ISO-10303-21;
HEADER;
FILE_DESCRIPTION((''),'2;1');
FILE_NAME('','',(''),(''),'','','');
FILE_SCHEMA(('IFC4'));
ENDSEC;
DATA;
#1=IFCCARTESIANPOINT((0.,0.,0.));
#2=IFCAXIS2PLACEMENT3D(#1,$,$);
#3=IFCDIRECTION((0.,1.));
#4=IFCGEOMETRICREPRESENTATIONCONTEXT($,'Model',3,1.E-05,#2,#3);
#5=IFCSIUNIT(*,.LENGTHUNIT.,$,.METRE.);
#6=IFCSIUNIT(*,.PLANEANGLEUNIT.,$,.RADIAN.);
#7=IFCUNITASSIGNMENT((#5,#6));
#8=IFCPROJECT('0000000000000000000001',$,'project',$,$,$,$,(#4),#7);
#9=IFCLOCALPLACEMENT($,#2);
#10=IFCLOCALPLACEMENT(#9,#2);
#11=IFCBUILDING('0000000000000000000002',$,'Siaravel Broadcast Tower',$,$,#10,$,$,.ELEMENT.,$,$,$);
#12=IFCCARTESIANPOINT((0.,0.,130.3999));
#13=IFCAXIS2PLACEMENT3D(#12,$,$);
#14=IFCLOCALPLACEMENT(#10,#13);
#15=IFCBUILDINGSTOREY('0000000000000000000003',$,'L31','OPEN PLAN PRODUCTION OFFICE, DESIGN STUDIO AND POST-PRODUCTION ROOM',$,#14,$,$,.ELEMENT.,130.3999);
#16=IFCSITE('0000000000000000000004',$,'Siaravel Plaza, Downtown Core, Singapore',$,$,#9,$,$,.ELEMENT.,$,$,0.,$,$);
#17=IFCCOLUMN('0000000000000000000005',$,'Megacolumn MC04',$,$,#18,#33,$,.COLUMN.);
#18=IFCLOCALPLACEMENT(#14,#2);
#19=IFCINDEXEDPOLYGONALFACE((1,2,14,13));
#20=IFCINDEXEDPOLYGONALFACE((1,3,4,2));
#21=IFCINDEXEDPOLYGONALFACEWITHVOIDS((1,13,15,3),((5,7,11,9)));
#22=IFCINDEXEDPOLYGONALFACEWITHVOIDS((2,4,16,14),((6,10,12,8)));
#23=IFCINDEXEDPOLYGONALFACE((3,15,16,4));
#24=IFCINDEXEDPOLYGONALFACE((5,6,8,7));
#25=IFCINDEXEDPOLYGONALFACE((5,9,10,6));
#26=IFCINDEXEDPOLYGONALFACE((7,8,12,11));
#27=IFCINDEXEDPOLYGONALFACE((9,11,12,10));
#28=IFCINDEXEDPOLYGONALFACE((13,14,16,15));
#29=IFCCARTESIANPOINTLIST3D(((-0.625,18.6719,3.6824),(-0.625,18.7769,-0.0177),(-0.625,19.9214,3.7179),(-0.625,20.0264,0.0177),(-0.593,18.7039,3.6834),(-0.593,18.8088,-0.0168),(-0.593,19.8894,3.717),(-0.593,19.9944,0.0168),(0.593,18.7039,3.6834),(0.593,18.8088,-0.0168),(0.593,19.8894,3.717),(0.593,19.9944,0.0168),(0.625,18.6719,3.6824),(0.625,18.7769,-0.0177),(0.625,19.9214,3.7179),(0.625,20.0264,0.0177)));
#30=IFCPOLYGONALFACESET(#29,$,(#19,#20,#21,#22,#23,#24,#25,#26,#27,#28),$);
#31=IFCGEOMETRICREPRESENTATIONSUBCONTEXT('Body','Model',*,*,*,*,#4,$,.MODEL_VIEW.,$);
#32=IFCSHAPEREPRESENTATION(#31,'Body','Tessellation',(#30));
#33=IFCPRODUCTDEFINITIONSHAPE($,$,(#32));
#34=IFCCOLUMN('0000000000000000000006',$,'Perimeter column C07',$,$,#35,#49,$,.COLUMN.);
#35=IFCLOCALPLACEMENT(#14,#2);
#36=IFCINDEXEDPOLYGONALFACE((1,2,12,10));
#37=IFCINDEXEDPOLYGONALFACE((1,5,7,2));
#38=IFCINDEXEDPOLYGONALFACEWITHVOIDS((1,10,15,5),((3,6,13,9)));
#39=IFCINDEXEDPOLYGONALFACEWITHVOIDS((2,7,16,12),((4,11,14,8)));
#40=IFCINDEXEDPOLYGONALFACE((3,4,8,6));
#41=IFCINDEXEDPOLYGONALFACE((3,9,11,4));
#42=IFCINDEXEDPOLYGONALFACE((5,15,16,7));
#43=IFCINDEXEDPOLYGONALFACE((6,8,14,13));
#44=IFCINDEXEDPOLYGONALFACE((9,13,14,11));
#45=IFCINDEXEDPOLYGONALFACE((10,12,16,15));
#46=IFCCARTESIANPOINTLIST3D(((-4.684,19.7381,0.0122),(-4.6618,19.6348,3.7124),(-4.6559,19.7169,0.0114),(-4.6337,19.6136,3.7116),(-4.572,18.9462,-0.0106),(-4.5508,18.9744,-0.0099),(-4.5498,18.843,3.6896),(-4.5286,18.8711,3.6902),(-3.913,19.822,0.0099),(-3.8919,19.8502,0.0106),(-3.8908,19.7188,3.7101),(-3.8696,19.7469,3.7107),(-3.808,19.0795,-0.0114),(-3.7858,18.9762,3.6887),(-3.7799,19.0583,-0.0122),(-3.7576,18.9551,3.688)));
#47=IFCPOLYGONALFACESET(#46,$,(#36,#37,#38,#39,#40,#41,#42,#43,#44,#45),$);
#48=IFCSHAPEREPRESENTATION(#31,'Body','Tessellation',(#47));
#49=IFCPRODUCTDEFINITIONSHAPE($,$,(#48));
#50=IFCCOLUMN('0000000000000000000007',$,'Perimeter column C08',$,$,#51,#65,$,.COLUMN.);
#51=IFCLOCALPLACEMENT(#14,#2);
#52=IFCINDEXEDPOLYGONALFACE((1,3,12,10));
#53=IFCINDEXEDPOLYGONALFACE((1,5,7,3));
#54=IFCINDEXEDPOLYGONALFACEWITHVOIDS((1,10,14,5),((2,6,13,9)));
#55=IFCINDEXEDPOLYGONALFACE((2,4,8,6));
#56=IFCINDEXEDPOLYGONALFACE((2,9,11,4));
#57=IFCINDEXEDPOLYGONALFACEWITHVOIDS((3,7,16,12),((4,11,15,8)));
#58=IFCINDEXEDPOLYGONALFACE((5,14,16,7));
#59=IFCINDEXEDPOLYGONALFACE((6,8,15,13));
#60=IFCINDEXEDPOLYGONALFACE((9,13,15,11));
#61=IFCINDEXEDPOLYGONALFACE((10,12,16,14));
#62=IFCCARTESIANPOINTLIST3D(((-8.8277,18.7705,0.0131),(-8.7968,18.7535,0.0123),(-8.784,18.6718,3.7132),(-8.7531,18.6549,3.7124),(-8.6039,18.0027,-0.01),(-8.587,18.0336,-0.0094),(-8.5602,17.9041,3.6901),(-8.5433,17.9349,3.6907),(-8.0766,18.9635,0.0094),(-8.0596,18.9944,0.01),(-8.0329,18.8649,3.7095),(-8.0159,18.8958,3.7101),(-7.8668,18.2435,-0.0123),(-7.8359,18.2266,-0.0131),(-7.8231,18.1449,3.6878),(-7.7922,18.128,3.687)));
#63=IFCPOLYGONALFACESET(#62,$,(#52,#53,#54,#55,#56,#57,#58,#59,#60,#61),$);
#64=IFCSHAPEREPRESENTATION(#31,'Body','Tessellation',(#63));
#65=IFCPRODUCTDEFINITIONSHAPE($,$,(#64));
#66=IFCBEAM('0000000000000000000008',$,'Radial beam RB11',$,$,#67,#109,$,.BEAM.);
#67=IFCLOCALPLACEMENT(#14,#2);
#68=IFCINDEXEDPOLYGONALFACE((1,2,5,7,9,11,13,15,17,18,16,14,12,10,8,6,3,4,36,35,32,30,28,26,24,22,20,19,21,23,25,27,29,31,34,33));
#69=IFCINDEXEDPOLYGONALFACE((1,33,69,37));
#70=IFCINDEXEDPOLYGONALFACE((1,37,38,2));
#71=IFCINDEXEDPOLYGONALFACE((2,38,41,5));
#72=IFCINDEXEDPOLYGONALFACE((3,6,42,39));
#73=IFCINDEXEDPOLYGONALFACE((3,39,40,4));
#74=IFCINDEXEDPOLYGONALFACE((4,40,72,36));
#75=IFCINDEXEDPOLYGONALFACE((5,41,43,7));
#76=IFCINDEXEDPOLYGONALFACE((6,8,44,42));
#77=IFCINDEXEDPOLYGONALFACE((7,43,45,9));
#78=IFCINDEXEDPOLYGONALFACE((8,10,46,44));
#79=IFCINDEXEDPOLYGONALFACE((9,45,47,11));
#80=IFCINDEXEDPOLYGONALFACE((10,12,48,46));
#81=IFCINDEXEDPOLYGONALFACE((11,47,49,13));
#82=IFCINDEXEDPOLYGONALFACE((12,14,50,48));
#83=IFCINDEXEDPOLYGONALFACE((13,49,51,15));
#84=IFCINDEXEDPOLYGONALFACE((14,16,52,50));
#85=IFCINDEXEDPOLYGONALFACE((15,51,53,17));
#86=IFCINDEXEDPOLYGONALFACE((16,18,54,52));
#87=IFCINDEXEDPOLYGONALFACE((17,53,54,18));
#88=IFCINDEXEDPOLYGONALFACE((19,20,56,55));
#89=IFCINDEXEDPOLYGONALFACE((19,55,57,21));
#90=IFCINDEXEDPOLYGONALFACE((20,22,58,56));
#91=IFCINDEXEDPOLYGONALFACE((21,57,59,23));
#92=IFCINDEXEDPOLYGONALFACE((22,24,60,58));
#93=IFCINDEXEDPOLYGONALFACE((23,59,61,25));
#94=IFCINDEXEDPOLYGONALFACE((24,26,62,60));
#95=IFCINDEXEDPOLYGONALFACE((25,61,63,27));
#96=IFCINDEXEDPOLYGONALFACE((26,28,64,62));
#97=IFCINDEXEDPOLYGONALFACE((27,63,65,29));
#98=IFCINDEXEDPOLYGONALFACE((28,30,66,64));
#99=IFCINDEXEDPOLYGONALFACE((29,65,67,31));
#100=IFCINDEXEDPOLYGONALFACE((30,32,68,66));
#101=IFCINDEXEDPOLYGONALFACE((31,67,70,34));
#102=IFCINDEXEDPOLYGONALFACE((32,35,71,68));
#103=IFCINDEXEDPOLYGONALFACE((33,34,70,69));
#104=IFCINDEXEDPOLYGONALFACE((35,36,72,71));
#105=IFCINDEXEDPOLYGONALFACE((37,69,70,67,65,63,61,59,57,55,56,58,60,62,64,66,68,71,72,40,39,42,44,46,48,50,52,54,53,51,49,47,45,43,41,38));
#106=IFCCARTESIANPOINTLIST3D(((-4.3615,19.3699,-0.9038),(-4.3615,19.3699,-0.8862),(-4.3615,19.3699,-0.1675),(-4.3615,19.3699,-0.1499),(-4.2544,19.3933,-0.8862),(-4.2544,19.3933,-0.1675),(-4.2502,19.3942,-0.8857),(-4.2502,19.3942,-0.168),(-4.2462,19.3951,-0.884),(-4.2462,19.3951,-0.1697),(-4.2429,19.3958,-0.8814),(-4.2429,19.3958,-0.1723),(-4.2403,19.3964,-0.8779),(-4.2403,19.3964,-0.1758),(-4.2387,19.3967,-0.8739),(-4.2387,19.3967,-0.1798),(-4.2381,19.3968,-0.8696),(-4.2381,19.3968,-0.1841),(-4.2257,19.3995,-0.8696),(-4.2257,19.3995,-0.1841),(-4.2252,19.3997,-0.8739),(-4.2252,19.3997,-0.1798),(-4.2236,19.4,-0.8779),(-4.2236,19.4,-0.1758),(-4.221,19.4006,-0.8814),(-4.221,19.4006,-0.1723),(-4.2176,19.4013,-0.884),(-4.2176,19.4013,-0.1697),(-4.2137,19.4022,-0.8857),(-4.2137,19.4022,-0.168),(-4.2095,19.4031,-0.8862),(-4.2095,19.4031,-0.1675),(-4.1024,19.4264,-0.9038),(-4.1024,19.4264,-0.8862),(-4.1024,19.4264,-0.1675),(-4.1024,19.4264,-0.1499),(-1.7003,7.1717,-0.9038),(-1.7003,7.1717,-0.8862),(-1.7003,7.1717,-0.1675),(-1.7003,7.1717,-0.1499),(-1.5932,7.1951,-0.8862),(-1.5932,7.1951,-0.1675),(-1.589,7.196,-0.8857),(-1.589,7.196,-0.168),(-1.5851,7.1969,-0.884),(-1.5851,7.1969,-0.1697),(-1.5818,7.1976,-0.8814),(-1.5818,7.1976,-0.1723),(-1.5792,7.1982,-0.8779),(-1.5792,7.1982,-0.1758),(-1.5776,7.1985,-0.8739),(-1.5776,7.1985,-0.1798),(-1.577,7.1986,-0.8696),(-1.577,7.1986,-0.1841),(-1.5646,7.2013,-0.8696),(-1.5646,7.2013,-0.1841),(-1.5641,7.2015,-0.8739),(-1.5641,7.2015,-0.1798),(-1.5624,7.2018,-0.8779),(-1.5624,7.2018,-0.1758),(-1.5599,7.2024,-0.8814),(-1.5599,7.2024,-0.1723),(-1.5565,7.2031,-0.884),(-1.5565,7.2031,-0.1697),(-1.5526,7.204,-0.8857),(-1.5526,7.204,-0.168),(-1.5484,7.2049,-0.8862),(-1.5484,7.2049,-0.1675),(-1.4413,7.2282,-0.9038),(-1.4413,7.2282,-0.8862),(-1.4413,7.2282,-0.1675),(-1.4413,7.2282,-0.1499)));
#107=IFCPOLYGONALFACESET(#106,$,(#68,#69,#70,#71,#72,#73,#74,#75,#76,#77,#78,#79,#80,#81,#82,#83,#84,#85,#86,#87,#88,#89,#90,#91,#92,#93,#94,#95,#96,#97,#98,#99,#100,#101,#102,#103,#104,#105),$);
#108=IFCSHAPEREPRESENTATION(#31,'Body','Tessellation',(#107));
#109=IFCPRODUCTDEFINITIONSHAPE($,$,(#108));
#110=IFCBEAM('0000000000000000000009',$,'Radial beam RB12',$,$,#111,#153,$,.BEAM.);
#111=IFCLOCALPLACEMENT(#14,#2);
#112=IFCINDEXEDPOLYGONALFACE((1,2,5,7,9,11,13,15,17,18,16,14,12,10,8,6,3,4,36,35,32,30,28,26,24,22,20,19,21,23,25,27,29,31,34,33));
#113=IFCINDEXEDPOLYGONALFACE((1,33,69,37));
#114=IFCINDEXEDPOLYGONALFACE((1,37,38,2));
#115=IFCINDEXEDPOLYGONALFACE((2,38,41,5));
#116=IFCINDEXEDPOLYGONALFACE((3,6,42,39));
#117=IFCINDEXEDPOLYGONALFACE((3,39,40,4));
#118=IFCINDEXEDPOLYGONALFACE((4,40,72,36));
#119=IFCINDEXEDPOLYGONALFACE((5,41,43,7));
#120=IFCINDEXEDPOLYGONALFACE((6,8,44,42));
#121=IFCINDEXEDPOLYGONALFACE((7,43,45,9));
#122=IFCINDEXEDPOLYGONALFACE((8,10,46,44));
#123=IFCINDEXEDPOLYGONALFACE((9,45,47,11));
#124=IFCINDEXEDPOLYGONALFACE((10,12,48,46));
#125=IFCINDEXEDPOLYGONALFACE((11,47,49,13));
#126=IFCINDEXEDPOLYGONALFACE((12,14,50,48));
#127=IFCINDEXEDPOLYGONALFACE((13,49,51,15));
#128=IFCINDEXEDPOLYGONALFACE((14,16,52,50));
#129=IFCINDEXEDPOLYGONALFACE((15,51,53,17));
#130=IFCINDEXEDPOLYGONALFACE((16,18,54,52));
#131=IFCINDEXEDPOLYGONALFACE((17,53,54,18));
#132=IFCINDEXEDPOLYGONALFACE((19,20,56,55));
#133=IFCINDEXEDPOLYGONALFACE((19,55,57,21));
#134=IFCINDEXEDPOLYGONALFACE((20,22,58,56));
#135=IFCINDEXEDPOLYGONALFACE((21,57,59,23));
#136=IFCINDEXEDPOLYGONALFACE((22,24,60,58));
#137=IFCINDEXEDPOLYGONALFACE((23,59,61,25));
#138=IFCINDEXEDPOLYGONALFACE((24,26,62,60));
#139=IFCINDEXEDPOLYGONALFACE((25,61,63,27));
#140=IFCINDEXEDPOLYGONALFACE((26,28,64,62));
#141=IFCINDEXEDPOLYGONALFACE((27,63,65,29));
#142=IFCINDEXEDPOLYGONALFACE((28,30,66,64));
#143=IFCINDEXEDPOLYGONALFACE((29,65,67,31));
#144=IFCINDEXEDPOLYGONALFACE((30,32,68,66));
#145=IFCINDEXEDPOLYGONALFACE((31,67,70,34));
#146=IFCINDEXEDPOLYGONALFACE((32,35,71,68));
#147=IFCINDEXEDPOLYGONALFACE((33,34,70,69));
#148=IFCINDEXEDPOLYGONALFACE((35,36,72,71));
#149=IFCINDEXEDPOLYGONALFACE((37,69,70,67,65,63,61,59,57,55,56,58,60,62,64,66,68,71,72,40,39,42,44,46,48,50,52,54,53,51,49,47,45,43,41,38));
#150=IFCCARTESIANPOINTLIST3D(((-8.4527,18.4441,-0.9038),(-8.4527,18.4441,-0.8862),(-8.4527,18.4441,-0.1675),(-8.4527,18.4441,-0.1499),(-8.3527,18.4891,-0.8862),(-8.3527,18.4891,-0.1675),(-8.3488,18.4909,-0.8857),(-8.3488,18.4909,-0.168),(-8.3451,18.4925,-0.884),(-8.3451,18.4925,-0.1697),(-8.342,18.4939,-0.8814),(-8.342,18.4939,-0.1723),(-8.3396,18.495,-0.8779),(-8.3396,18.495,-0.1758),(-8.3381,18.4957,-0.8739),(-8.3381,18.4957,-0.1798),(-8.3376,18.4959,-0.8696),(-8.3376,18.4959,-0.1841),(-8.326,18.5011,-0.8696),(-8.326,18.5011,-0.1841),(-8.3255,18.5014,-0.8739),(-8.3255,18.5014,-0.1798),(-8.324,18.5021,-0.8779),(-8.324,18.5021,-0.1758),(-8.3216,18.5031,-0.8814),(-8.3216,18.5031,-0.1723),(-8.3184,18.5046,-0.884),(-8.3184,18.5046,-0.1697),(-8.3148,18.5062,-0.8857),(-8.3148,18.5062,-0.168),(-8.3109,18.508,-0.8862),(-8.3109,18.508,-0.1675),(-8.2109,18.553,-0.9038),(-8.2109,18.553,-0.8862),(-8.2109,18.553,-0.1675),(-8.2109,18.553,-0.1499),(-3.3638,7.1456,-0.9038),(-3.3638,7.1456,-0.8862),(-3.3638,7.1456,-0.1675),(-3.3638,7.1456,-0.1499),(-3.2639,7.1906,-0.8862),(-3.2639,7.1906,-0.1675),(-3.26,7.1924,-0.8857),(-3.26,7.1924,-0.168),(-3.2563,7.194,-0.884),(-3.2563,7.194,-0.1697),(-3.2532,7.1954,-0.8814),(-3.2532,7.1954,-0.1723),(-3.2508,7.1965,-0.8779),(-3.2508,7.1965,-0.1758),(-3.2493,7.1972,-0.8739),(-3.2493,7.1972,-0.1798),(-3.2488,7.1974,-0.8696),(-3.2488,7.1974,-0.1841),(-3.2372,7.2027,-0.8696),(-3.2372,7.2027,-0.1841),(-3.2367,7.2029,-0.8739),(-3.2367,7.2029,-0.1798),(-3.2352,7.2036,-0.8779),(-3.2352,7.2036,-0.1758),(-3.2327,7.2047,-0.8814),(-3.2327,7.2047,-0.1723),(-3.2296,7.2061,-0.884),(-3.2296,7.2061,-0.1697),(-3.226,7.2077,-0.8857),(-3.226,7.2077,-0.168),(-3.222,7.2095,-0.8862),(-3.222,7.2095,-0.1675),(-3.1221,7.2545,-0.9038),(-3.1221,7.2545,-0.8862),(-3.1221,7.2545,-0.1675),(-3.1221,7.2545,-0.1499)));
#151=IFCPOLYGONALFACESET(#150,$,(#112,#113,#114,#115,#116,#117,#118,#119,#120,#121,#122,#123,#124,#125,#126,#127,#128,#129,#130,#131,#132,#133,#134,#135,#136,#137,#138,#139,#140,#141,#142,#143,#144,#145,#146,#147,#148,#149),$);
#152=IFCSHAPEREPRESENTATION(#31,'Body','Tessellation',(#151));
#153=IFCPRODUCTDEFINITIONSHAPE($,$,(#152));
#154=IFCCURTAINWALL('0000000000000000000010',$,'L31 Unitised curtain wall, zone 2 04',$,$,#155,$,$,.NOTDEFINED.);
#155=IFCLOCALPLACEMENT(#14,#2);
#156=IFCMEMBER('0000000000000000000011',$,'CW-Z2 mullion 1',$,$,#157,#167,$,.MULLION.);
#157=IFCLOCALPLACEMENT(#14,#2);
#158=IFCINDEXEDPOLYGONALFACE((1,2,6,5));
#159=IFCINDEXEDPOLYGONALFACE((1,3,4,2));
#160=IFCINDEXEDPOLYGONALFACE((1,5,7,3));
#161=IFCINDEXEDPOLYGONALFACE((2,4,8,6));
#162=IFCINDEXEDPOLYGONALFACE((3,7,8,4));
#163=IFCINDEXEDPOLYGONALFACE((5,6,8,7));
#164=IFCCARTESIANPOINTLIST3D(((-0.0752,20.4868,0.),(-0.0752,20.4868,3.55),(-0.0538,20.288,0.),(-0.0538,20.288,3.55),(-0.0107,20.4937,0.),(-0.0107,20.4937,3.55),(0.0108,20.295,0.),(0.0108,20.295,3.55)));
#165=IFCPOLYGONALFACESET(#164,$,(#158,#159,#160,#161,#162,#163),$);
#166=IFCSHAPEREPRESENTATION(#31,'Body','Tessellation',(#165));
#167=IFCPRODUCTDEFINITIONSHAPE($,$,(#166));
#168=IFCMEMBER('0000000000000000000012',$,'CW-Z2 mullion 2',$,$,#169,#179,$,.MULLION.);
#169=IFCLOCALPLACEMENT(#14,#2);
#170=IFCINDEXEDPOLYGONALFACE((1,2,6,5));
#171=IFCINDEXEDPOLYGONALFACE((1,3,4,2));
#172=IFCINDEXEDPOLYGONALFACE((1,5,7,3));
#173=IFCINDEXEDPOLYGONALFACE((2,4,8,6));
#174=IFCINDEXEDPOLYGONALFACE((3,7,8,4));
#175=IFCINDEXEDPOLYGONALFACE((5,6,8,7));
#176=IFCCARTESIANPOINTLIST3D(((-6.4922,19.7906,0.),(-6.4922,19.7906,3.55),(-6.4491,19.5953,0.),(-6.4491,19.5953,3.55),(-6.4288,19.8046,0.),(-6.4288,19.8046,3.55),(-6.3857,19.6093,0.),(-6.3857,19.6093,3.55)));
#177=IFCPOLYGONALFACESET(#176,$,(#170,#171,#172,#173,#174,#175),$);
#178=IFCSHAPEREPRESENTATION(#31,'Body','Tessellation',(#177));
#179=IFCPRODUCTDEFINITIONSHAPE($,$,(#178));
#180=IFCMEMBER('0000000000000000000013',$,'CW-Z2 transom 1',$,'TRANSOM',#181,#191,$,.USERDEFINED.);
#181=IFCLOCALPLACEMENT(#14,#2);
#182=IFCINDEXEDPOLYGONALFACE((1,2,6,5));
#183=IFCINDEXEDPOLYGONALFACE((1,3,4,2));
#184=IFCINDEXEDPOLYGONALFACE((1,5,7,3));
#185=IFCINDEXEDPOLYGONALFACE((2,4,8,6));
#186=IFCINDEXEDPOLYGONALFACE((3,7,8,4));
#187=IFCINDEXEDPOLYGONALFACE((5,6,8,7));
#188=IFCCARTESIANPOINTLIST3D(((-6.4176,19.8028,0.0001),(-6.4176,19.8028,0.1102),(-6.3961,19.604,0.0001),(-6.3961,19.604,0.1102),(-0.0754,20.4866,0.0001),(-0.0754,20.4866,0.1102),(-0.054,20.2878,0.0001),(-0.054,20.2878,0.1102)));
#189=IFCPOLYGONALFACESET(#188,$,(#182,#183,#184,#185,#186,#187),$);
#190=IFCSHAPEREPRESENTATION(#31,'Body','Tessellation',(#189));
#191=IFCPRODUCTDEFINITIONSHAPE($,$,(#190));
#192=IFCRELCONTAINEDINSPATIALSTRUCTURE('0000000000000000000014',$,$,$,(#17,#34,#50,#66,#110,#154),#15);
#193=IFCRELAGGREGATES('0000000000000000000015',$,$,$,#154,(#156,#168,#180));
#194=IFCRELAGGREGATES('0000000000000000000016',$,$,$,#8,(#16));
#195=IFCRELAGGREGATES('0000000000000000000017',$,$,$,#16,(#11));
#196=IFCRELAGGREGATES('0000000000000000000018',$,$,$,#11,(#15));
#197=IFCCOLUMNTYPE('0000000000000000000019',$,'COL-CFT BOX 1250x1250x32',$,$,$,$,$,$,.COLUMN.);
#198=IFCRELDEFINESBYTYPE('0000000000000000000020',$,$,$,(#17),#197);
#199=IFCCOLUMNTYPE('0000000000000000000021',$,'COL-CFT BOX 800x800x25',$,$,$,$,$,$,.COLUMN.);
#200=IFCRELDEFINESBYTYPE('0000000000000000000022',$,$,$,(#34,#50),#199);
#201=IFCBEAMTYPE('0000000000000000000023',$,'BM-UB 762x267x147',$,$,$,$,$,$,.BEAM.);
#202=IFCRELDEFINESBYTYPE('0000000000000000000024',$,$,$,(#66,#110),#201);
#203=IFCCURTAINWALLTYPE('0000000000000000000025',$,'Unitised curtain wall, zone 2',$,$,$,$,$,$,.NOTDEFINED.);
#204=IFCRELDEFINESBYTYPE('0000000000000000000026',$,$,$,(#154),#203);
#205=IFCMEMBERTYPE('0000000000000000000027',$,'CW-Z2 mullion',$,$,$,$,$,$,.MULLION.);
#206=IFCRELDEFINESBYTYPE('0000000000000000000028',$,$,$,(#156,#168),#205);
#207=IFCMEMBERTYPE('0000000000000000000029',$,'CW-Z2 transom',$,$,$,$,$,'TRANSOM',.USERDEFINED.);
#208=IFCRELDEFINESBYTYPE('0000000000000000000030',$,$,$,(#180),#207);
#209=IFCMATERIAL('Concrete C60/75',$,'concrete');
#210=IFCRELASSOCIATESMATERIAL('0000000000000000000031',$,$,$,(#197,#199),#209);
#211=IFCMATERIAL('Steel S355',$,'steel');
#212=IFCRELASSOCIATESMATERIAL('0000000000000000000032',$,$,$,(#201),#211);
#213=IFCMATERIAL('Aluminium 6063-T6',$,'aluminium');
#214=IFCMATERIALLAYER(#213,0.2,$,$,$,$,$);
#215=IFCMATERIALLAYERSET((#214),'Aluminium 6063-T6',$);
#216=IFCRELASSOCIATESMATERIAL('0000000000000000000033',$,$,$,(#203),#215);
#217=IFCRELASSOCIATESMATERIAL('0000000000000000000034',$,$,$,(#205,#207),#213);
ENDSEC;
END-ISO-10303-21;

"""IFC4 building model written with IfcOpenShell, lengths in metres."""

from ifc_helpers import new_model, si_unit, direction, frame, origin, origin_2d, place, context, subcontext, project, spatial, rectangle, hollow_rectangle, i_section, extrude, material, layer, layer_set, material_profile, profile_set, type_object, element, aggregate, save


model = new_model("IFC4")

# Units and contexts
model_context = context("Model", 3, precision=1e-05, world=origin(), true_north=direction((0.0, 1.0)))
body_context = subcontext(model_context, "Body", "Model", "MODEL_VIEW")
ifc_project = project(units=[si_unit("LENGTHUNIT", "METRE"), si_unit("PLANEANGLEUNIT", "RADIAN")], contexts=[model_context])

# Site, building, storey
site_placement = place(None, origin())
site = spatial("IfcSite", under=ifc_project, at=site_placement, Name="Siaravel Plaza, Downtown Core, Singapore", CompositionType="ELEMENT", RefElevation=0.0)
building_placement = place(site_placement, origin())
building = spatial("IfcBuilding", under=site, at=building_placement, Name="Siaravel Broadcast Tower", CompositionType="ELEMENT")
storey_placement = place(building_placement, frame((0.0, 0.0, 130.3999)))
storey = spatial("IfcBuildingStorey", under=building, at=storey_placement, Name="L31", Description="OPEN PLAN PRODUCTION OFFICE, DESIGN STUDIO AND POST-PRODUCTION ROOM", CompositionType="ELEMENT", Elevation=130.3999)

# Columns
ifc_material_1 = material(Name="Concrete C60/75", Category="concrete")
ifc_material_profile_1 = material_profile(ifc_material_1, hollow_rectangle(XDim=1.25, YDim=1.25, WallThickness=0.032, at=origin_2d()))
ifc_profile_set_1 = profile_set([ifc_material_profile_1], Name="Concrete C60/75")
column_type_1 = type_object("IfcColumnType", Name="COL-CFT BOX 1250x1250x32", PredefinedType="COLUMN", material=ifc_profile_set_1)
column_placement = place(storey_placement, frame((0.0, 19.4016, 0.0), z_axis=(0.0, -0.02836, 0.999598), x_axis=(1.0, 0.0, 0.0)))
element("IfcColumn", 1, at=column_placement, inside=storey, type_object=column_type_1, Name="Megacolumn MC04", PredefinedType="COLUMN", context=body_context, shape_type="SweptSolid", body=[
    extrude(hollow_rectangle(XDim=1.25, YDim=1.25, WallThickness=0.032, at=origin_2d()), origin(), (0.0, 0.0, 1.0), 3.7017),
])
ifc_material_profile_2 = material_profile(ifc_material_1, hollow_rectangle(XDim=0.8, YDim=0.8, WallThickness=0.0249, at=origin_2d()))
ifc_profile_set_2 = profile_set([ifc_material_profile_2], Name="Concrete C60/75")
column_type_2 = type_object("IfcColumnType", Name="COL-CFT BOX 800x800x25", PredefinedType="COLUMN", material=ifc_profile_set_2)
for number, where, z_axis, x_axis, name in (
    (2, (-4.2319, 19.3982, 0.0), (0.006002, -0.027898, 0.999593), (0.990133, 0.140117, -0.002034), "Perimeter column C07"),
    (3, (-8.3318, 18.4985, 0.0), (0.011805, -0.026645, 0.999575), (0.960024, 0.279892, -0.003878), "Perimeter column C08"),
):
    element("IfcColumn", number, at=place(storey_placement, frame(where, z_axis=z_axis, x_axis=x_axis)), inside=storey, type_object=column_type_2, Name=name, PredefinedType="COLUMN", context=body_context, shape_type="SweptSolid", body=[
        extrude(hollow_rectangle(XDim=0.8, YDim=0.8, WallThickness=0.0249, at=origin_2d()), origin(), (0.0, 0.0, 1.0), 3.7017),
    ])

# Beams
ifc_material_2 = material(Name="Steel S355", Category="steel")
ifc_material_profile_3 = material_profile(ifc_material_2, i_section(OverallWidth=0.2651, OverallDepth=0.7539, WebThickness=0.0127, FlangeThickness=0.0176, FilletRadius=0.0166, at=origin_2d()))
ifc_profile_set_3 = profile_set([ifc_material_profile_3], Name="Steel S355")
beam_type = type_object("IfcBeamType", Name="BM-UB 762x267x147", PredefinedType="BEAM", material=ifc_profile_set_3)
beam_1_placement = place(storey_placement, frame((-4.2319, 19.3982, -0.5269), z_axis=(0.213144, -0.977021, 0.0), x_axis=(0.977021, 0.213144, 0.0)))
element("IfcBeam", 4, at=beam_1_placement, inside=storey, type_object=beam_type, Name="Radial beam RB11", PredefinedType="BEAM", context=body_context, shape_type="SweptSolid", body=[
    extrude(i_section(OverallWidth=0.2651, OverallDepth=0.7539, WebThickness=0.0127, FlangeThickness=0.0176, FilletRadius=0.0166, at=origin_2d()), origin(), (0.0, 0.0, 1.0), 12.4851),
])
beam_2_placement = place(storey_placement, frame((-8.3318, 18.4985, -0.5269), z_axis=(0.410667, -0.911785, 0.0), x_axis=(0.911785, 0.410667, 0.0)))
element("IfcBeam", 5, at=beam_2_placement, inside=storey, type_object=beam_type, Name="Radial beam RB12", PredefinedType="BEAM", context=body_context, shape_type="SweptSolid", body=[
    extrude(i_section(OverallWidth=0.2651, OverallDepth=0.7539, WebThickness=0.0127, FlangeThickness=0.0176, FilletRadius=0.0166, at=origin_2d()), origin(), (0.0, 0.0, 1.0), 12.3916),
])

# Curtain wall, members
ifc_material_3 = material(Name="Aluminium 6063-T6", Category="aluminium")
ifc_layer_1 = layer(ifc_material_3, 0.2)
ifc_layer_set_1 = layer_set([ifc_layer_1], Name="Aluminium 6063-T6")
curtain_wall_type = type_object("IfcCurtainWallType", Name="Unitised curtain wall, zone 2", PredefinedType="NOTDEFINED", material=ifc_layer_set_1)
curtain_wall_placement = place(storey_placement, origin())
curtain_wall = element("IfcCurtainWall", 6, at=curtain_wall_placement, inside=storey, type_object=curtain_wall_type, Name="L31 Unitised curtain wall, zone 2 04", PredefinedType="NOTDEFINED")
ifc_material_profile_4 = material_profile(ifc_material_3, rectangle(XDim=0.2, YDim=0.0649, at=origin_2d()))
ifc_profile_set_4 = profile_set([ifc_material_profile_4], Name="Aluminium 6063-T6")
member_type_1 = type_object("IfcMemberType", Name="CW-Z2 mullion", PredefinedType="MULLION", material=ifc_profile_set_4)
member_1_placement = place(storey_placement, frame((-0.0322, 20.3909, 0.0), z_axis=(0.0, 0.0, 1.0), x_axis=(0.107218, -0.994236, 0.0)))
member_1 = element("IfcMember", 7, at=member_1_placement, type_object=member_type_1, Name="CW-Z2 mullion 1", PredefinedType="MULLION", context=body_context, shape_type="SweptSolid", body=[
    extrude(rectangle(XDim=0.2, YDim=0.0649, at=origin_2d()), origin(), (0.0, 0.0, 1.0), 3.55),
])
member_2_placement = place(storey_placement, frame((-6.439, 19.7, 0.0), z_axis=(0.0, 0.0, 1.0), x_axis=(0.215559, -0.976491, 0.0)))
member_2 = element("IfcMember", 8, at=member_2_placement, type_object=member_type_1, Name="CW-Z2 mullion 2", PredefinedType="MULLION", context=body_context, shape_type="SweptSolid", body=[
    extrude(rectangle(XDim=0.2, YDim=0.0649, at=origin_2d()), origin(), (0.0, 0.0, 1.0), 3.55),
])
ifc_material_profile_5 = material_profile(ifc_material_3, rectangle(XDim=0.2, YDim=0.1101, at=origin_2d()))
ifc_profile_set_5 = profile_set([ifc_material_profile_5], Name="Aluminium 6063-T6")
member_type_2 = type_object("IfcMemberType", Name="CW-Z2 transom", ElementType="TRANSOM", PredefinedType="USERDEFINED", material=ifc_profile_set_5)
member_3_placement = place(storey_placement, frame((-0.0647, 20.3872, 0.0552), z_axis=(-0.994237, -0.107205, 0.0), x_axis=(0.107205, -0.994237, 0.0)))
member_3 = element("IfcMember", 9, at=member_3_placement, type_object=member_type_2, Name="CW-Z2 transom 1", ObjectType="TRANSOM", PredefinedType="USERDEFINED", context=body_context, shape_type="SweptSolid", body=[
    extrude(rectangle(XDim=0.2, YDim=0.1101, at=origin_2d()), origin(), (0.0, 0.0, 1.0), 6.3789),
])

aggregate(curtain_wall, [member_1, member_2, member_3])

save(model, "model.ifc")
